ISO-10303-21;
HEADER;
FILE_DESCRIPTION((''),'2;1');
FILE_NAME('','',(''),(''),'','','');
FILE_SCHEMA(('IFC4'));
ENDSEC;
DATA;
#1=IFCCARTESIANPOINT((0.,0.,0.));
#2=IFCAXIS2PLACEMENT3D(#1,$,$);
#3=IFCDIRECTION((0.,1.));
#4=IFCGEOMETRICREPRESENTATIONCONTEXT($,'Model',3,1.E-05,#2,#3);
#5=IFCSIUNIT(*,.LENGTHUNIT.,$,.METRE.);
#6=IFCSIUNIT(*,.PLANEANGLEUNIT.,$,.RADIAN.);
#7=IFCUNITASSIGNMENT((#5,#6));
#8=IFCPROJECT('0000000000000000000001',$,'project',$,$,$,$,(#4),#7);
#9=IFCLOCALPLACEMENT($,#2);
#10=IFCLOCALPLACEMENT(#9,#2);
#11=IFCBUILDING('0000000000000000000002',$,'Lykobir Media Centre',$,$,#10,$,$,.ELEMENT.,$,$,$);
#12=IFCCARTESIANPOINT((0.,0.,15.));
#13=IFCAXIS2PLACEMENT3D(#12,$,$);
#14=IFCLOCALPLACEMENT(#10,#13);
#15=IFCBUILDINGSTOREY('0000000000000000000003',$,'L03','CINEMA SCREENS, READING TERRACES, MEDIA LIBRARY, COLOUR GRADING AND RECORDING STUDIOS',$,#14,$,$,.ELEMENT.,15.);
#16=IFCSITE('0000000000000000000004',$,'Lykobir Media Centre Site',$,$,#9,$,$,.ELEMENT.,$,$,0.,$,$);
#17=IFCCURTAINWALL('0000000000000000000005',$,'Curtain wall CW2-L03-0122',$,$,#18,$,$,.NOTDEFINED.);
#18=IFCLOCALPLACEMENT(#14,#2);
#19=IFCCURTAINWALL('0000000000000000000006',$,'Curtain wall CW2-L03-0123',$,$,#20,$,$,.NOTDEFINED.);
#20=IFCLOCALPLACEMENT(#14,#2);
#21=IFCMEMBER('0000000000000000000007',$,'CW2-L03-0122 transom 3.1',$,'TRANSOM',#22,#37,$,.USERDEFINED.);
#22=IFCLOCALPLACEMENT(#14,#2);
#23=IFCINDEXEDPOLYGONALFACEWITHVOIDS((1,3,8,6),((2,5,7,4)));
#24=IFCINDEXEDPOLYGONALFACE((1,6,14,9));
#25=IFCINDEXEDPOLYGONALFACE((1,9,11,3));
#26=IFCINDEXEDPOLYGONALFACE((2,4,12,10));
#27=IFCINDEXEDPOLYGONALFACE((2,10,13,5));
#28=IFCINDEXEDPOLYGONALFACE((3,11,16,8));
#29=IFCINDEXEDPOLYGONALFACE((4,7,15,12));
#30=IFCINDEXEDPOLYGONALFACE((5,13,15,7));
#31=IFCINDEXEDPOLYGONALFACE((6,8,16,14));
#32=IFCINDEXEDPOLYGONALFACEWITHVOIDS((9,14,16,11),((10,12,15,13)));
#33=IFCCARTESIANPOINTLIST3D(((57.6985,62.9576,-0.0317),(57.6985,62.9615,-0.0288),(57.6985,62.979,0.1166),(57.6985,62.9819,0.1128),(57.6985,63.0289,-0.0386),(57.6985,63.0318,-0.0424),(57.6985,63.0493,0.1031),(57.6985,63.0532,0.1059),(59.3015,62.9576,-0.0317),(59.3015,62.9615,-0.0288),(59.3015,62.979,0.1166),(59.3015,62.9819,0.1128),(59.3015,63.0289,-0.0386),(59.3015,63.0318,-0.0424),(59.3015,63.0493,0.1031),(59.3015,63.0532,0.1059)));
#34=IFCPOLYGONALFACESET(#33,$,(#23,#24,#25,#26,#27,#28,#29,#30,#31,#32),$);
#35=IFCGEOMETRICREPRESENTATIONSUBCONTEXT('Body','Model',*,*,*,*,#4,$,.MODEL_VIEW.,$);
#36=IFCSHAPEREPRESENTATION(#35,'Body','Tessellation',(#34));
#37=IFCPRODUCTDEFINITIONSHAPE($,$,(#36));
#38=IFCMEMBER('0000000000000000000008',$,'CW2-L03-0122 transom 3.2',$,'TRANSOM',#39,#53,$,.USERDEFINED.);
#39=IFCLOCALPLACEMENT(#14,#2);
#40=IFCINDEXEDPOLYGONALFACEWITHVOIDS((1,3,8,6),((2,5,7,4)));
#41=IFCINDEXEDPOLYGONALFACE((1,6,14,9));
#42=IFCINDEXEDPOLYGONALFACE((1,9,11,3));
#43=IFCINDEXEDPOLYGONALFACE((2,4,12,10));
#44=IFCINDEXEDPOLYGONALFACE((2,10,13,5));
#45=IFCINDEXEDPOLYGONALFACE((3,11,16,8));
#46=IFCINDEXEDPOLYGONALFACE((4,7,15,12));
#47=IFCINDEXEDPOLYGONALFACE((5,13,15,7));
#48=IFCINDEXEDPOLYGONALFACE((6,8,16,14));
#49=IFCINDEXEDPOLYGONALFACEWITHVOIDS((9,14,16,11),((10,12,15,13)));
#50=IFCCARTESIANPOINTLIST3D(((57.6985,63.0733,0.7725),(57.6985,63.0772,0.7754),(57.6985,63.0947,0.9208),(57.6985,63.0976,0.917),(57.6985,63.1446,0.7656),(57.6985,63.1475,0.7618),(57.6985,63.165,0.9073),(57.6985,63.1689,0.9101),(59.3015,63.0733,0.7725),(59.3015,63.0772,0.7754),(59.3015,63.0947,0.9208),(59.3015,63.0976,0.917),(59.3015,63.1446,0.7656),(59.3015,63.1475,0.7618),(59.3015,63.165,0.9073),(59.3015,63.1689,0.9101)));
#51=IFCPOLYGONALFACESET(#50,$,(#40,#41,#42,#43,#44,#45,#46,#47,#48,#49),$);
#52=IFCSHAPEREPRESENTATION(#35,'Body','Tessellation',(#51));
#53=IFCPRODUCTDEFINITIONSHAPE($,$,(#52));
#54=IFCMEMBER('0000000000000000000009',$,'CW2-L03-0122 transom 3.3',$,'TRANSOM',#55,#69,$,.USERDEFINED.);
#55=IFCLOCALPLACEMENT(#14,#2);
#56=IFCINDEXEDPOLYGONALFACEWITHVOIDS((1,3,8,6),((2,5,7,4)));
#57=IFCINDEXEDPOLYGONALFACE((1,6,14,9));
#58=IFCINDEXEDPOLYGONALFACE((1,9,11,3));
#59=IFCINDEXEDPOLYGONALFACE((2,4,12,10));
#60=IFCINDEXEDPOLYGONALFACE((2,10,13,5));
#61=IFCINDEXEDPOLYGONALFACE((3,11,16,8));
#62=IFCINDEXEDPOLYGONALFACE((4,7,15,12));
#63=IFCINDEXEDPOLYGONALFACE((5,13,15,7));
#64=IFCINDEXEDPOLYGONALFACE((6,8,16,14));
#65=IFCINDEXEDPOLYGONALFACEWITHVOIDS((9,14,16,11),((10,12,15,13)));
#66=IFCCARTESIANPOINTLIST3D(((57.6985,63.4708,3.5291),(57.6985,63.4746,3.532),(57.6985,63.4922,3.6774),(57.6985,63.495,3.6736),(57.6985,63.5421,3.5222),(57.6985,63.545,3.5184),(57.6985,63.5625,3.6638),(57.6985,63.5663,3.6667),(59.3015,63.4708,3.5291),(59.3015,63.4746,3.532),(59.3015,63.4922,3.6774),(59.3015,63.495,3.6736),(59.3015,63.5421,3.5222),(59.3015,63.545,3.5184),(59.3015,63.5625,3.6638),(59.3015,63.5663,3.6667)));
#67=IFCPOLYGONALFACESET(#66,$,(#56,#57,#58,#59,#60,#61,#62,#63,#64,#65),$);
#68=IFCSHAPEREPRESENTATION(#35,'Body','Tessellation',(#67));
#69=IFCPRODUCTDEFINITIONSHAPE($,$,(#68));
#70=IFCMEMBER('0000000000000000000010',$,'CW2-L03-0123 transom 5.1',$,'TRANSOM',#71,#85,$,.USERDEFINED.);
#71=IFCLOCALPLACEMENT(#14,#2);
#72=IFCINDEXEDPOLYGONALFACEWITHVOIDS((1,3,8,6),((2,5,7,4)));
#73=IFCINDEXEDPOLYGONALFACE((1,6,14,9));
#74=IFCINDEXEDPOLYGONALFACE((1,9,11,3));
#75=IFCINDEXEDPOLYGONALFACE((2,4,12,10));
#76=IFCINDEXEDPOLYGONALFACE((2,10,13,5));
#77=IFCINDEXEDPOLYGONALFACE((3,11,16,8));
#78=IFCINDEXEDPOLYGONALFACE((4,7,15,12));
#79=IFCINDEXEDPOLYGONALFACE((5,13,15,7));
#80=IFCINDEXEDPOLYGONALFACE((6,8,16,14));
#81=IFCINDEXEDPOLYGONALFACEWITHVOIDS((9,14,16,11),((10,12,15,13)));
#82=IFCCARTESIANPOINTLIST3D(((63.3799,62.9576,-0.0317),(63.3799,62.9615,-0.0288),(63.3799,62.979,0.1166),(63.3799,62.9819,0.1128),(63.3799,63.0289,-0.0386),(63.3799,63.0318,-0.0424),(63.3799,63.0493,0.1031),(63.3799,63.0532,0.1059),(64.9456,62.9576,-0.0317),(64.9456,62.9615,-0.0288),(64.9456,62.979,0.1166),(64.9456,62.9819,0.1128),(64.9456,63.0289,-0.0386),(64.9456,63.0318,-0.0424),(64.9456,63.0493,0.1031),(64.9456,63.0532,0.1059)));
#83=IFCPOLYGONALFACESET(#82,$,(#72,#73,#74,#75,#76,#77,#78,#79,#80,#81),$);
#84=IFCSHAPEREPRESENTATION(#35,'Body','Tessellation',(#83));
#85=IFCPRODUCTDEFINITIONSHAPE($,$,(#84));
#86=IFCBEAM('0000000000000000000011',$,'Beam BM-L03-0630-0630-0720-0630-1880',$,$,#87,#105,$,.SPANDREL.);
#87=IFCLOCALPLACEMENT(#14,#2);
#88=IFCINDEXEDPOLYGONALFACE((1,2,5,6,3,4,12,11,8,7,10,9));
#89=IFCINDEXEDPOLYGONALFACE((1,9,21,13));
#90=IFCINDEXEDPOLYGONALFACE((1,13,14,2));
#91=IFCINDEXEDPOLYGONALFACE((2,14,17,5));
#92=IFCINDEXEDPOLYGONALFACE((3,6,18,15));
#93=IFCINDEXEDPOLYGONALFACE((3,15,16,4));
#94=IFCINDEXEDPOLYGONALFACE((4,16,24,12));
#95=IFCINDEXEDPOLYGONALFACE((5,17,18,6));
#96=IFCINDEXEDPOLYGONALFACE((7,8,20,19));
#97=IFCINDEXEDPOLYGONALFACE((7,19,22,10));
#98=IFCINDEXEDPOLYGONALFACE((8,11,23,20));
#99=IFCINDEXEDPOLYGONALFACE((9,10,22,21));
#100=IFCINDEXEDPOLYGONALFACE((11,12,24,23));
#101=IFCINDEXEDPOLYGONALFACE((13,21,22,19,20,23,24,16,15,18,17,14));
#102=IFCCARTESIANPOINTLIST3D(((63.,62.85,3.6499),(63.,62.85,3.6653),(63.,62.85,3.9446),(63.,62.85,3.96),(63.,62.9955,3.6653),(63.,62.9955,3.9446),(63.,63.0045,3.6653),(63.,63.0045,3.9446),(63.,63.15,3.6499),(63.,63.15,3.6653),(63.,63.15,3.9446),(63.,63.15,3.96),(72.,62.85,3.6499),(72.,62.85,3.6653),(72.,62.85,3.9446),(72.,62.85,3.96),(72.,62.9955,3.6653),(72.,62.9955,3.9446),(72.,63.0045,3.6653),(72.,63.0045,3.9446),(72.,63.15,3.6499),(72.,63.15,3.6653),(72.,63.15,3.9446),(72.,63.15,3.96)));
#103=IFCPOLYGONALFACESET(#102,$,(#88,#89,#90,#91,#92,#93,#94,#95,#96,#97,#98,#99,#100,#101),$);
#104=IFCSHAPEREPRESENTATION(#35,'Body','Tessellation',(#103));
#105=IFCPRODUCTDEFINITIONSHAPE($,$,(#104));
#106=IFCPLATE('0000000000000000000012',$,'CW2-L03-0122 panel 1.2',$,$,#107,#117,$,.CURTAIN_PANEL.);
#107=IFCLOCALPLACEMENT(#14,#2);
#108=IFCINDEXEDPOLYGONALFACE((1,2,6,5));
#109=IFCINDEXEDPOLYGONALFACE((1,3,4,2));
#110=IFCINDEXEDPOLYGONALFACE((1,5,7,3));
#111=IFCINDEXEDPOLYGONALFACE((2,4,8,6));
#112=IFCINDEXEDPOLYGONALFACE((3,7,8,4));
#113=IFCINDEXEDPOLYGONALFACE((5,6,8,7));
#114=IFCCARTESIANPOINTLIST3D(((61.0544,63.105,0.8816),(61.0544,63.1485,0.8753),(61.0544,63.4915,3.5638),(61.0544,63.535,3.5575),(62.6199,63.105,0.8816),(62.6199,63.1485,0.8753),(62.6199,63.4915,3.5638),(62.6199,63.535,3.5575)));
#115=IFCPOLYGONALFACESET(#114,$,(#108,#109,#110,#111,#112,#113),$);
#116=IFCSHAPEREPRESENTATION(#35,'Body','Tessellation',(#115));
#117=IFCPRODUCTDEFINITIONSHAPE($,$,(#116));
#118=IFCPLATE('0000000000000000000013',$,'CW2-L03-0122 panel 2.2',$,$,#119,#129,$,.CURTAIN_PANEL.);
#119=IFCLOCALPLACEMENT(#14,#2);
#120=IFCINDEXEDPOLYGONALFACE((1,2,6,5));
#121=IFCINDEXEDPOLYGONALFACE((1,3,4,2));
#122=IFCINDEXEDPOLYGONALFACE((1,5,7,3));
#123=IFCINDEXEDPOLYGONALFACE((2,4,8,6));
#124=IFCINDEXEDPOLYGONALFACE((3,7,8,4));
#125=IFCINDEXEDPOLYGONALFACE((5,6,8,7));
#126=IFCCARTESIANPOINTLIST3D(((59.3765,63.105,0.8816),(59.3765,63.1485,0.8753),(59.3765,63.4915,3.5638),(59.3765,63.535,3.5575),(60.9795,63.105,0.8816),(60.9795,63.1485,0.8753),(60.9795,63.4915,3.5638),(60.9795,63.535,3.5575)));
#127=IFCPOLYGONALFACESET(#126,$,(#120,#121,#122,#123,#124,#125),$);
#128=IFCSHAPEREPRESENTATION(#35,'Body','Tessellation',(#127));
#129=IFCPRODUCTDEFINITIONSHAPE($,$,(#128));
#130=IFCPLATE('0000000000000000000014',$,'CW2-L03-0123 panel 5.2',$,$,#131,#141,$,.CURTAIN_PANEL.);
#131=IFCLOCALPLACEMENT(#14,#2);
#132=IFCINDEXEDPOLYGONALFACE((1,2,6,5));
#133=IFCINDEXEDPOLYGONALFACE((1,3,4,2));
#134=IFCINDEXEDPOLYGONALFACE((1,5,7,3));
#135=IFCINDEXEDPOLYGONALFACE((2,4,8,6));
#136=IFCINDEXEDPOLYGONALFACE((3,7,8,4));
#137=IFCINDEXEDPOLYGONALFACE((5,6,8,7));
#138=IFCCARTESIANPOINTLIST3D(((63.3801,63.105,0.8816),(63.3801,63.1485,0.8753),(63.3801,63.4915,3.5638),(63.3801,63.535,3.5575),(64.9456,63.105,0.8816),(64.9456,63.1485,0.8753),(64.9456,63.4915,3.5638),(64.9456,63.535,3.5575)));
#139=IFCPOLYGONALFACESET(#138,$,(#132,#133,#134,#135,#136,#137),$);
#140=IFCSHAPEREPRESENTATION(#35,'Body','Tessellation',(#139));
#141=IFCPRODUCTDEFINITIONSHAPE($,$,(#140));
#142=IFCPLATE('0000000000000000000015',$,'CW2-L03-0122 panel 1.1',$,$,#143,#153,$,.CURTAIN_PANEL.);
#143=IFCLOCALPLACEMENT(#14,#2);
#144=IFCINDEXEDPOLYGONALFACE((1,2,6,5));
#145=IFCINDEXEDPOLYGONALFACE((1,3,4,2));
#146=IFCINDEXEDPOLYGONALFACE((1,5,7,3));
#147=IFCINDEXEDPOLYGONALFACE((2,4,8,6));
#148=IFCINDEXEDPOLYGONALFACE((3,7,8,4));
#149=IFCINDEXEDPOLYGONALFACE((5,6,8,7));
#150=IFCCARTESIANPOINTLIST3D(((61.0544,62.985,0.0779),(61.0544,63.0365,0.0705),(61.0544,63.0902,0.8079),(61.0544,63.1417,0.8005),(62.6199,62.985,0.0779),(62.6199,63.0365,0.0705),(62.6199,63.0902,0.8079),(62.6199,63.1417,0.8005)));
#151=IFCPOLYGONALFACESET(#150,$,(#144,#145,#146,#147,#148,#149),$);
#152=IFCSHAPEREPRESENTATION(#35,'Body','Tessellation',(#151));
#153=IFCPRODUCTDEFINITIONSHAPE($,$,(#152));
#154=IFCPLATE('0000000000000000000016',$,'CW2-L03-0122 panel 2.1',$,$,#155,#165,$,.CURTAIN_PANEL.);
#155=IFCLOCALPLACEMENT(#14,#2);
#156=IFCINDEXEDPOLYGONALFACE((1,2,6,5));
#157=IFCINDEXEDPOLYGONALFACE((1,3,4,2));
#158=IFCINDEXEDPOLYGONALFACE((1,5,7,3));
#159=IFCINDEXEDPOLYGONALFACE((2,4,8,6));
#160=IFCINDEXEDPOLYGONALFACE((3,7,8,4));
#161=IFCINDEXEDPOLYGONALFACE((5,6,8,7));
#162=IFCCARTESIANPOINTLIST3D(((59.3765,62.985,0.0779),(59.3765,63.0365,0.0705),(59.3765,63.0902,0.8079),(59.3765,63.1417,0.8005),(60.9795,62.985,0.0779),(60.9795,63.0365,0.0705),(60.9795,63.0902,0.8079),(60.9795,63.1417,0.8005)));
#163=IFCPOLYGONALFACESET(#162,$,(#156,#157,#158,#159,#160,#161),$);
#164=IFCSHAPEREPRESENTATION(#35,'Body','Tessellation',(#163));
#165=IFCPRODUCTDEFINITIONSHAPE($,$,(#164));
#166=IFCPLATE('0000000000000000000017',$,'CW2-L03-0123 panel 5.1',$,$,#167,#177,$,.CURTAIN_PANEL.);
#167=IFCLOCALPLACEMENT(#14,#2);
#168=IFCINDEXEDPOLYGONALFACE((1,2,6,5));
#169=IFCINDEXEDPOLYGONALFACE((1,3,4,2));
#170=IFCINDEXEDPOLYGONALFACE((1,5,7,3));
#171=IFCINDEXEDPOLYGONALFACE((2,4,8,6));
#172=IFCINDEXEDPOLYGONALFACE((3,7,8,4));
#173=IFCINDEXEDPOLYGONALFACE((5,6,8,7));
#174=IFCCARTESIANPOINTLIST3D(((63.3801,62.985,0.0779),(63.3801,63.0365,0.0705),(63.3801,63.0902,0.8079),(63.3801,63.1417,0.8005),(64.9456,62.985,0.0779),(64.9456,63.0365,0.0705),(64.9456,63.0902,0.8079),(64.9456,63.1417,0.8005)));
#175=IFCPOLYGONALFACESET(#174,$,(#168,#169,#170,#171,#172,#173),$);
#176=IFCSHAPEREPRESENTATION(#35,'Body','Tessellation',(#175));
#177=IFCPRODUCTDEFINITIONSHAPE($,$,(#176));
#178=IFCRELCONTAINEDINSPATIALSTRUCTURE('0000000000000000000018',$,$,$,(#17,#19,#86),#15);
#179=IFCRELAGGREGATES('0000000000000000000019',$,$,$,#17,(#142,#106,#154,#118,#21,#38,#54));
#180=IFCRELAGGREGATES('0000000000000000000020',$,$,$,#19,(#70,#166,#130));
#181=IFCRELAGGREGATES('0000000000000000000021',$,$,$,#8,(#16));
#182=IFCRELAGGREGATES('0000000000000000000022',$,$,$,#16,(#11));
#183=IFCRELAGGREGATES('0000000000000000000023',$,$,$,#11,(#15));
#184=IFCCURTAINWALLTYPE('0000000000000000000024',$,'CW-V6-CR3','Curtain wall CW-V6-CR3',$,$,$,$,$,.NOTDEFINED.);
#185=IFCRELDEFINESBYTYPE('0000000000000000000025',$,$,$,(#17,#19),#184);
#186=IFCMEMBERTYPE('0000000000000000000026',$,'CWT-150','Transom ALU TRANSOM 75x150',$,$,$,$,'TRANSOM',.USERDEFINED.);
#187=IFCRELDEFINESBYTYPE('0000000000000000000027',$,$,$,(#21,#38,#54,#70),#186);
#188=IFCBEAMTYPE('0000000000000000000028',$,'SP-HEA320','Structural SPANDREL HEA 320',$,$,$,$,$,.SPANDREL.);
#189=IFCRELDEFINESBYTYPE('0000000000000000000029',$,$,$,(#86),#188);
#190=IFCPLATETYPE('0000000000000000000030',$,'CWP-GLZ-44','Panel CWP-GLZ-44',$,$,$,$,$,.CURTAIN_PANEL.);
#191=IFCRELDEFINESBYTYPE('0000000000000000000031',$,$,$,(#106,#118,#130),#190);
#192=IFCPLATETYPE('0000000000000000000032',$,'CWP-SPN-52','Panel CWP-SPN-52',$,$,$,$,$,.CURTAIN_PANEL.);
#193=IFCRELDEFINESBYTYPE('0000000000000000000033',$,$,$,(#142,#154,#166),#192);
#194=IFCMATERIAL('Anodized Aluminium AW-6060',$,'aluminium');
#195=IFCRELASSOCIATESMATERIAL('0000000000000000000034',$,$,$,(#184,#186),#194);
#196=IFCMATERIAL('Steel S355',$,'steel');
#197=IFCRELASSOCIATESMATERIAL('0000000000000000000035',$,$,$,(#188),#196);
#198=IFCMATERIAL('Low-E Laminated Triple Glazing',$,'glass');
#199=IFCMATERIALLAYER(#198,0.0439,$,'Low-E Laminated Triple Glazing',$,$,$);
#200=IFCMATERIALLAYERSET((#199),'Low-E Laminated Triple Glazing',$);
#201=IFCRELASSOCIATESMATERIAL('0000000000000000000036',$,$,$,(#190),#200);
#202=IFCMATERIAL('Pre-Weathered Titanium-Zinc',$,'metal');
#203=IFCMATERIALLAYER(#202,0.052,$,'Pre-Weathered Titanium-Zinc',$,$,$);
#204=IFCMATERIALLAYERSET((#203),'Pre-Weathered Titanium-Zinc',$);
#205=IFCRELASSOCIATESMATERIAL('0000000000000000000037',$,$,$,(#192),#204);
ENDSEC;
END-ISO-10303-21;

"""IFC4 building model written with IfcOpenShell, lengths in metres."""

from ifc_helpers import new_model, si_unit, direction, frame, origin, origin_2d, place, context, subcontext, project, spatial, rectangle, hollow_rectangle, i_section, extrude, material, layer, layer_set, material_profile, profile_set, type_object, element, aggregate, save


model = new_model("IFC4")

# Units and contexts
model_context = context("Model", 3, precision=1e-05, world=origin(), true_north=direction((0.0, 1.0)))
body_context = subcontext(model_context, "Body", "Model", "MODEL_VIEW")
ifc_project = project(units=[si_unit("LENGTHUNIT", "METRE"), si_unit("PLANEANGLEUNIT", "RADIAN")], contexts=[model_context])

# Site, building, storey
site_placement = place(None, origin())
site = spatial("IfcSite", under=ifc_project, at=site_placement, Name="Lykobir Media Centre Site", CompositionType="ELEMENT", RefElevation=0.0)
building_placement = place(site_placement, origin())
building = spatial("IfcBuilding", under=site, at=building_placement, Name="Lykobir Media Centre", CompositionType="ELEMENT")
storey_placement = place(building_placement, frame((0.0, 0.0, 15.0)))
storey = spatial("IfcBuildingStorey", under=building, at=storey_placement, Name="L03", Description="CINEMA SCREENS, READING TERRACES, MEDIA LIBRARY, COLOUR GRADING AND RECORDING STUDIOS", CompositionType="ELEMENT", Elevation=15.0)

# Curtain wall
ifc_material_1 = material(Name="Anodized Aluminium AW-6060", Category="aluminium")
curtain_wall_type = type_object("IfcCurtainWallType", Name="CW-V6-CR3", Description="Curtain wall CW-V6-CR3", PredefinedType="NOTDEFINED", material=ifc_material_1)
curtain_wall_1_placement = place(storey_placement, origin())
curtain_wall_1 = element("IfcCurtainWall", 1, at=curtain_wall_1_placement, inside=storey, type_object=curtain_wall_type, Name="Curtain wall CW2-L03-0122", PredefinedType="NOTDEFINED")

# Curtain wall
curtain_wall_2_placement = place(storey_placement, origin())
curtain_wall_2 = element("IfcCurtainWall", 2, at=curtain_wall_2_placement, inside=storey, type_object=curtain_wall_type, Name="Curtain wall CW2-L03-0123", PredefinedType="NOTDEFINED")

# Members
ifc_material_profile_1 = material_profile(ifc_material_1, hollow_rectangle(XDim=0.075, YDim=0.1499, WallThickness=0.0034, at=origin_2d()), Name="ALU TRANSOM 75x150")
ifc_profile_set_1 = profile_set([ifc_material_profile_1], Name="Anodized Aluminium AW-6060")
member_type_1 = type_object("IfcMemberType", Name="CWT-150", Description="Transom ALU TRANSOM 75x150", ElementType="TRANSOM", PredefinedType="USERDEFINED", material=ifc_profile_set_1)
member_1_placement = place(storey_placement, frame((59.3015, 63.0054, 0.0371), z_axis=(-1.0, 0.0, 0.0), x_axis=(0.0, -0.989776, 0.142629)))
member_1 = element("IfcMember", 3, at=member_1_placement, type_object=member_type_1, Name="CW2-L03-0122 transom 3.1", ObjectType="TRANSOM", PredefinedType="USERDEFINED", context=body_context, shape_type="SweptSolid", body=[
    extrude(hollow_rectangle(XDim=0.075, YDim=0.1499, WallThickness=0.0034, at=origin_2d()), origin(), (0.0, 0.0, 1.0), 1.603),
])
member_2_placement = place(storey_placement, frame((59.3015, 63.1211, 0.8413), z_axis=(-1.0, 0.0, 0.0), x_axis=(0.0, -0.989776, 0.142629)))
member_2 = element("IfcMember", 4, at=member_2_placement, type_object=member_type_1, Name="CW2-L03-0122 transom 3.2", ObjectType="TRANSOM", PredefinedType="USERDEFINED", context=body_context, shape_type="SweptSolid", body=[
    extrude(hollow_rectangle(XDim=0.075, YDim=0.1499, WallThickness=0.0034, at=origin_2d()), origin(), (0.0, 0.0, 1.0), 1.603),
])
member_3_placement = place(storey_placement, frame((59.3015, 63.5186, 3.5979), z_axis=(-1.0, 0.0, 0.0), x_axis=(0.0, -0.989776, 0.142629)))
member_3 = element("IfcMember", 5, at=member_3_placement, type_object=member_type_1, Name="CW2-L03-0122 transom 3.3", ObjectType="TRANSOM", PredefinedType="USERDEFINED", context=body_context, shape_type="SweptSolid", body=[
    extrude(hollow_rectangle(XDim=0.075, YDim=0.1499, WallThickness=0.0034, at=origin_2d()), origin(), (0.0, 0.0, 1.0), 1.603),
])
member_4_placement = place(storey_placement, frame((64.9456, 63.0054, 0.0371), z_axis=(-1.0, 0.0, 0.0), x_axis=(0.0, -0.989776, 0.142629)))
member_4 = element("IfcMember", 6, at=member_4_placement, type_object=member_type_1, Name="CW2-L03-0123 transom 5.1", ObjectType="TRANSOM", PredefinedType="USERDEFINED", context=body_context, shape_type="SweptSolid", body=[
    extrude(hollow_rectangle(XDim=0.075, YDim=0.1499, WallThickness=0.0034, at=origin_2d()), origin(), (0.0, 0.0, 1.0), 1.5657),
])

# Beam
ifc_material_2 = material(Name="Steel S355", Category="steel")
ifc_material_profile_2 = material_profile(ifc_material_2, i_section(OverallWidth=0.3, OverallDepth=0.3101, WebThickness=0.009, FlangeThickness=0.0154, at=origin_2d()), Name="HEA 320")
ifc_profile_set_2 = profile_set([ifc_material_profile_2], Name="Steel S355")
beam_type = type_object("IfcBeamType", Name="SP-HEA320", Description="Structural SPANDREL HEA 320", PredefinedType="SPANDREL", material=ifc_profile_set_2)
beam_placement = place(storey_placement, frame((63.0, 63.0, 3.8049), z_axis=(1.0, 0.0, 0.0), x_axis=(0.0, 1.0, 0.0)))
element("IfcBeam", 7, at=beam_placement, inside=storey, type_object=beam_type, Name="Beam BM-L03-0630-0630-0720-0630-1880", PredefinedType="SPANDREL", context=body_context, shape_type="SweptSolid", body=[
    extrude(i_section(OverallWidth=0.3, OverallDepth=0.3101, WebThickness=0.009, FlangeThickness=0.0154, at=origin_2d()), origin(), (0.0, 0.0, 1.0), 9.0),
])

# Plates
ifc_material_3 = material(Name="Low-E Laminated Triple Glazing", Category="glass")
ifc_layer_1 = layer(ifc_material_3, 0.0439, Name="Low-E Laminated Triple Glazing")
ifc_layer_set_1 = layer_set([ifc_layer_1], Name="Low-E Laminated Triple Glazing")
plate_type_1 = type_object("IfcPlateType", Name="CWP-GLZ-44", Description="Panel CWP-GLZ-44", PredefinedType="CURTAIN_PANEL", material=ifc_layer_set_1)
plate_1_placement = place(storey_placement, frame((61.8372, 63.1267, 0.8784), z_axis=(0.0, 0.142629, 0.989776), x_axis=(-1.0, 0.0, 0.0)))
plate_1 = element("IfcPlate", 8, at=plate_1_placement, type_object=plate_type_1, Name="CW2-L03-0122 panel 1.2", PredefinedType="CURTAIN_PANEL", context=body_context, shape_type="SweptSolid", body=[
    extrude(rectangle(XDim=1.5654, YDim=0.0439, at=origin_2d()), origin(), (0.0, 0.0, 1.0), 2.71),
])
plate_2_placement = place(storey_placement, frame((60.178, 63.1267, 0.8784), z_axis=(0.0, 0.142629, 0.989776), x_axis=(-1.0, 0.0, 0.0)))
plate_2 = element("IfcPlate", 9, at=plate_2_placement, type_object=plate_type_1, Name="CW2-L03-0122 panel 2.2", PredefinedType="CURTAIN_PANEL", context=body_context, shape_type="SweptSolid", body=[
    extrude(rectangle(XDim=1.603, YDim=0.0439, at=origin_2d()), origin(), (0.0, 0.0, 1.0), 2.71),
])
plate_3_placement = place(storey_placement, frame((64.1628, 63.1267, 0.8784), z_axis=(0.0, 0.142629, 0.989776), x_axis=(-1.0, 0.0, 0.0)))
plate_3 = element("IfcPlate", 10, at=plate_3_placement, type_object=plate_type_1, Name="CW2-L03-0123 panel 5.2", PredefinedType="CURTAIN_PANEL", context=body_context, shape_type="SweptSolid", body=[
    extrude(rectangle(XDim=1.5654, YDim=0.0439, at=origin_2d()), origin(), (0.0, 0.0, 1.0), 2.71),
])
ifc_material_4 = material(Name="Pre-Weathered Titanium-Zinc", Category="metal")
ifc_layer_2 = layer(ifc_material_4, 0.052, Name="Pre-Weathered Titanium-Zinc")
ifc_layer_set_2 = layer_set([ifc_layer_2], Name="Pre-Weathered Titanium-Zinc")
plate_type_2 = type_object("IfcPlateType", Name="CWP-SPN-52", Description="Panel CWP-SPN-52", PredefinedType="CURTAIN_PANEL", material=ifc_layer_set_2)
plate_4_placement = place(storey_placement, frame((61.8372, 63.0107, 0.0742), z_axis=(0.0, 0.142629, 0.989776), x_axis=(-1.0, 0.0, 0.0)))
plate_4 = element("IfcPlate", 11, at=plate_4_placement, type_object=plate_type_2, Name="CW2-L03-0122 panel 1.1", PredefinedType="CURTAIN_PANEL", context=body_context, shape_type="SweptSolid", body=[
    extrude(rectangle(XDim=1.5654, YDim=0.052, at=origin_2d()), origin(), (0.0, 0.0, 1.0), 0.7375),
])
plate_5_placement = place(storey_placement, frame((60.178, 63.0107, 0.0742), z_axis=(0.0, 0.142629, 0.989776), x_axis=(-1.0, 0.0, 0.0)))
plate_5 = element("IfcPlate", 12, at=plate_5_placement, type_object=plate_type_2, Name="CW2-L03-0122 panel 2.1", PredefinedType="CURTAIN_PANEL", context=body_context, shape_type="SweptSolid", body=[
    extrude(rectangle(XDim=1.603, YDim=0.052, at=origin_2d()), origin(), (0.0, 0.0, 1.0), 0.7375),
])
aggregate(curtain_wall_1, [plate_4, plate_1, plate_5, plate_2, member_1, member_2, member_3])
plate_6_placement = place(storey_placement, frame((64.1628, 63.0107, 0.0742), z_axis=(0.0, 0.142629, 0.989776), x_axis=(-1.0, 0.0, 0.0)))
plate_6 = element("IfcPlate", 13, at=plate_6_placement, type_object=plate_type_2, Name="CW2-L03-0123 panel 5.1", PredefinedType="CURTAIN_PANEL", context=body_context, shape_type="SweptSolid", body=[
    extrude(rectangle(XDim=1.5654, YDim=0.052, at=origin_2d()), origin(), (0.0, 0.0, 1.0), 0.7375),
])
aggregate(curtain_wall_2, [member_4, plate_6, plate_3])

save(model, "model.ifc")
